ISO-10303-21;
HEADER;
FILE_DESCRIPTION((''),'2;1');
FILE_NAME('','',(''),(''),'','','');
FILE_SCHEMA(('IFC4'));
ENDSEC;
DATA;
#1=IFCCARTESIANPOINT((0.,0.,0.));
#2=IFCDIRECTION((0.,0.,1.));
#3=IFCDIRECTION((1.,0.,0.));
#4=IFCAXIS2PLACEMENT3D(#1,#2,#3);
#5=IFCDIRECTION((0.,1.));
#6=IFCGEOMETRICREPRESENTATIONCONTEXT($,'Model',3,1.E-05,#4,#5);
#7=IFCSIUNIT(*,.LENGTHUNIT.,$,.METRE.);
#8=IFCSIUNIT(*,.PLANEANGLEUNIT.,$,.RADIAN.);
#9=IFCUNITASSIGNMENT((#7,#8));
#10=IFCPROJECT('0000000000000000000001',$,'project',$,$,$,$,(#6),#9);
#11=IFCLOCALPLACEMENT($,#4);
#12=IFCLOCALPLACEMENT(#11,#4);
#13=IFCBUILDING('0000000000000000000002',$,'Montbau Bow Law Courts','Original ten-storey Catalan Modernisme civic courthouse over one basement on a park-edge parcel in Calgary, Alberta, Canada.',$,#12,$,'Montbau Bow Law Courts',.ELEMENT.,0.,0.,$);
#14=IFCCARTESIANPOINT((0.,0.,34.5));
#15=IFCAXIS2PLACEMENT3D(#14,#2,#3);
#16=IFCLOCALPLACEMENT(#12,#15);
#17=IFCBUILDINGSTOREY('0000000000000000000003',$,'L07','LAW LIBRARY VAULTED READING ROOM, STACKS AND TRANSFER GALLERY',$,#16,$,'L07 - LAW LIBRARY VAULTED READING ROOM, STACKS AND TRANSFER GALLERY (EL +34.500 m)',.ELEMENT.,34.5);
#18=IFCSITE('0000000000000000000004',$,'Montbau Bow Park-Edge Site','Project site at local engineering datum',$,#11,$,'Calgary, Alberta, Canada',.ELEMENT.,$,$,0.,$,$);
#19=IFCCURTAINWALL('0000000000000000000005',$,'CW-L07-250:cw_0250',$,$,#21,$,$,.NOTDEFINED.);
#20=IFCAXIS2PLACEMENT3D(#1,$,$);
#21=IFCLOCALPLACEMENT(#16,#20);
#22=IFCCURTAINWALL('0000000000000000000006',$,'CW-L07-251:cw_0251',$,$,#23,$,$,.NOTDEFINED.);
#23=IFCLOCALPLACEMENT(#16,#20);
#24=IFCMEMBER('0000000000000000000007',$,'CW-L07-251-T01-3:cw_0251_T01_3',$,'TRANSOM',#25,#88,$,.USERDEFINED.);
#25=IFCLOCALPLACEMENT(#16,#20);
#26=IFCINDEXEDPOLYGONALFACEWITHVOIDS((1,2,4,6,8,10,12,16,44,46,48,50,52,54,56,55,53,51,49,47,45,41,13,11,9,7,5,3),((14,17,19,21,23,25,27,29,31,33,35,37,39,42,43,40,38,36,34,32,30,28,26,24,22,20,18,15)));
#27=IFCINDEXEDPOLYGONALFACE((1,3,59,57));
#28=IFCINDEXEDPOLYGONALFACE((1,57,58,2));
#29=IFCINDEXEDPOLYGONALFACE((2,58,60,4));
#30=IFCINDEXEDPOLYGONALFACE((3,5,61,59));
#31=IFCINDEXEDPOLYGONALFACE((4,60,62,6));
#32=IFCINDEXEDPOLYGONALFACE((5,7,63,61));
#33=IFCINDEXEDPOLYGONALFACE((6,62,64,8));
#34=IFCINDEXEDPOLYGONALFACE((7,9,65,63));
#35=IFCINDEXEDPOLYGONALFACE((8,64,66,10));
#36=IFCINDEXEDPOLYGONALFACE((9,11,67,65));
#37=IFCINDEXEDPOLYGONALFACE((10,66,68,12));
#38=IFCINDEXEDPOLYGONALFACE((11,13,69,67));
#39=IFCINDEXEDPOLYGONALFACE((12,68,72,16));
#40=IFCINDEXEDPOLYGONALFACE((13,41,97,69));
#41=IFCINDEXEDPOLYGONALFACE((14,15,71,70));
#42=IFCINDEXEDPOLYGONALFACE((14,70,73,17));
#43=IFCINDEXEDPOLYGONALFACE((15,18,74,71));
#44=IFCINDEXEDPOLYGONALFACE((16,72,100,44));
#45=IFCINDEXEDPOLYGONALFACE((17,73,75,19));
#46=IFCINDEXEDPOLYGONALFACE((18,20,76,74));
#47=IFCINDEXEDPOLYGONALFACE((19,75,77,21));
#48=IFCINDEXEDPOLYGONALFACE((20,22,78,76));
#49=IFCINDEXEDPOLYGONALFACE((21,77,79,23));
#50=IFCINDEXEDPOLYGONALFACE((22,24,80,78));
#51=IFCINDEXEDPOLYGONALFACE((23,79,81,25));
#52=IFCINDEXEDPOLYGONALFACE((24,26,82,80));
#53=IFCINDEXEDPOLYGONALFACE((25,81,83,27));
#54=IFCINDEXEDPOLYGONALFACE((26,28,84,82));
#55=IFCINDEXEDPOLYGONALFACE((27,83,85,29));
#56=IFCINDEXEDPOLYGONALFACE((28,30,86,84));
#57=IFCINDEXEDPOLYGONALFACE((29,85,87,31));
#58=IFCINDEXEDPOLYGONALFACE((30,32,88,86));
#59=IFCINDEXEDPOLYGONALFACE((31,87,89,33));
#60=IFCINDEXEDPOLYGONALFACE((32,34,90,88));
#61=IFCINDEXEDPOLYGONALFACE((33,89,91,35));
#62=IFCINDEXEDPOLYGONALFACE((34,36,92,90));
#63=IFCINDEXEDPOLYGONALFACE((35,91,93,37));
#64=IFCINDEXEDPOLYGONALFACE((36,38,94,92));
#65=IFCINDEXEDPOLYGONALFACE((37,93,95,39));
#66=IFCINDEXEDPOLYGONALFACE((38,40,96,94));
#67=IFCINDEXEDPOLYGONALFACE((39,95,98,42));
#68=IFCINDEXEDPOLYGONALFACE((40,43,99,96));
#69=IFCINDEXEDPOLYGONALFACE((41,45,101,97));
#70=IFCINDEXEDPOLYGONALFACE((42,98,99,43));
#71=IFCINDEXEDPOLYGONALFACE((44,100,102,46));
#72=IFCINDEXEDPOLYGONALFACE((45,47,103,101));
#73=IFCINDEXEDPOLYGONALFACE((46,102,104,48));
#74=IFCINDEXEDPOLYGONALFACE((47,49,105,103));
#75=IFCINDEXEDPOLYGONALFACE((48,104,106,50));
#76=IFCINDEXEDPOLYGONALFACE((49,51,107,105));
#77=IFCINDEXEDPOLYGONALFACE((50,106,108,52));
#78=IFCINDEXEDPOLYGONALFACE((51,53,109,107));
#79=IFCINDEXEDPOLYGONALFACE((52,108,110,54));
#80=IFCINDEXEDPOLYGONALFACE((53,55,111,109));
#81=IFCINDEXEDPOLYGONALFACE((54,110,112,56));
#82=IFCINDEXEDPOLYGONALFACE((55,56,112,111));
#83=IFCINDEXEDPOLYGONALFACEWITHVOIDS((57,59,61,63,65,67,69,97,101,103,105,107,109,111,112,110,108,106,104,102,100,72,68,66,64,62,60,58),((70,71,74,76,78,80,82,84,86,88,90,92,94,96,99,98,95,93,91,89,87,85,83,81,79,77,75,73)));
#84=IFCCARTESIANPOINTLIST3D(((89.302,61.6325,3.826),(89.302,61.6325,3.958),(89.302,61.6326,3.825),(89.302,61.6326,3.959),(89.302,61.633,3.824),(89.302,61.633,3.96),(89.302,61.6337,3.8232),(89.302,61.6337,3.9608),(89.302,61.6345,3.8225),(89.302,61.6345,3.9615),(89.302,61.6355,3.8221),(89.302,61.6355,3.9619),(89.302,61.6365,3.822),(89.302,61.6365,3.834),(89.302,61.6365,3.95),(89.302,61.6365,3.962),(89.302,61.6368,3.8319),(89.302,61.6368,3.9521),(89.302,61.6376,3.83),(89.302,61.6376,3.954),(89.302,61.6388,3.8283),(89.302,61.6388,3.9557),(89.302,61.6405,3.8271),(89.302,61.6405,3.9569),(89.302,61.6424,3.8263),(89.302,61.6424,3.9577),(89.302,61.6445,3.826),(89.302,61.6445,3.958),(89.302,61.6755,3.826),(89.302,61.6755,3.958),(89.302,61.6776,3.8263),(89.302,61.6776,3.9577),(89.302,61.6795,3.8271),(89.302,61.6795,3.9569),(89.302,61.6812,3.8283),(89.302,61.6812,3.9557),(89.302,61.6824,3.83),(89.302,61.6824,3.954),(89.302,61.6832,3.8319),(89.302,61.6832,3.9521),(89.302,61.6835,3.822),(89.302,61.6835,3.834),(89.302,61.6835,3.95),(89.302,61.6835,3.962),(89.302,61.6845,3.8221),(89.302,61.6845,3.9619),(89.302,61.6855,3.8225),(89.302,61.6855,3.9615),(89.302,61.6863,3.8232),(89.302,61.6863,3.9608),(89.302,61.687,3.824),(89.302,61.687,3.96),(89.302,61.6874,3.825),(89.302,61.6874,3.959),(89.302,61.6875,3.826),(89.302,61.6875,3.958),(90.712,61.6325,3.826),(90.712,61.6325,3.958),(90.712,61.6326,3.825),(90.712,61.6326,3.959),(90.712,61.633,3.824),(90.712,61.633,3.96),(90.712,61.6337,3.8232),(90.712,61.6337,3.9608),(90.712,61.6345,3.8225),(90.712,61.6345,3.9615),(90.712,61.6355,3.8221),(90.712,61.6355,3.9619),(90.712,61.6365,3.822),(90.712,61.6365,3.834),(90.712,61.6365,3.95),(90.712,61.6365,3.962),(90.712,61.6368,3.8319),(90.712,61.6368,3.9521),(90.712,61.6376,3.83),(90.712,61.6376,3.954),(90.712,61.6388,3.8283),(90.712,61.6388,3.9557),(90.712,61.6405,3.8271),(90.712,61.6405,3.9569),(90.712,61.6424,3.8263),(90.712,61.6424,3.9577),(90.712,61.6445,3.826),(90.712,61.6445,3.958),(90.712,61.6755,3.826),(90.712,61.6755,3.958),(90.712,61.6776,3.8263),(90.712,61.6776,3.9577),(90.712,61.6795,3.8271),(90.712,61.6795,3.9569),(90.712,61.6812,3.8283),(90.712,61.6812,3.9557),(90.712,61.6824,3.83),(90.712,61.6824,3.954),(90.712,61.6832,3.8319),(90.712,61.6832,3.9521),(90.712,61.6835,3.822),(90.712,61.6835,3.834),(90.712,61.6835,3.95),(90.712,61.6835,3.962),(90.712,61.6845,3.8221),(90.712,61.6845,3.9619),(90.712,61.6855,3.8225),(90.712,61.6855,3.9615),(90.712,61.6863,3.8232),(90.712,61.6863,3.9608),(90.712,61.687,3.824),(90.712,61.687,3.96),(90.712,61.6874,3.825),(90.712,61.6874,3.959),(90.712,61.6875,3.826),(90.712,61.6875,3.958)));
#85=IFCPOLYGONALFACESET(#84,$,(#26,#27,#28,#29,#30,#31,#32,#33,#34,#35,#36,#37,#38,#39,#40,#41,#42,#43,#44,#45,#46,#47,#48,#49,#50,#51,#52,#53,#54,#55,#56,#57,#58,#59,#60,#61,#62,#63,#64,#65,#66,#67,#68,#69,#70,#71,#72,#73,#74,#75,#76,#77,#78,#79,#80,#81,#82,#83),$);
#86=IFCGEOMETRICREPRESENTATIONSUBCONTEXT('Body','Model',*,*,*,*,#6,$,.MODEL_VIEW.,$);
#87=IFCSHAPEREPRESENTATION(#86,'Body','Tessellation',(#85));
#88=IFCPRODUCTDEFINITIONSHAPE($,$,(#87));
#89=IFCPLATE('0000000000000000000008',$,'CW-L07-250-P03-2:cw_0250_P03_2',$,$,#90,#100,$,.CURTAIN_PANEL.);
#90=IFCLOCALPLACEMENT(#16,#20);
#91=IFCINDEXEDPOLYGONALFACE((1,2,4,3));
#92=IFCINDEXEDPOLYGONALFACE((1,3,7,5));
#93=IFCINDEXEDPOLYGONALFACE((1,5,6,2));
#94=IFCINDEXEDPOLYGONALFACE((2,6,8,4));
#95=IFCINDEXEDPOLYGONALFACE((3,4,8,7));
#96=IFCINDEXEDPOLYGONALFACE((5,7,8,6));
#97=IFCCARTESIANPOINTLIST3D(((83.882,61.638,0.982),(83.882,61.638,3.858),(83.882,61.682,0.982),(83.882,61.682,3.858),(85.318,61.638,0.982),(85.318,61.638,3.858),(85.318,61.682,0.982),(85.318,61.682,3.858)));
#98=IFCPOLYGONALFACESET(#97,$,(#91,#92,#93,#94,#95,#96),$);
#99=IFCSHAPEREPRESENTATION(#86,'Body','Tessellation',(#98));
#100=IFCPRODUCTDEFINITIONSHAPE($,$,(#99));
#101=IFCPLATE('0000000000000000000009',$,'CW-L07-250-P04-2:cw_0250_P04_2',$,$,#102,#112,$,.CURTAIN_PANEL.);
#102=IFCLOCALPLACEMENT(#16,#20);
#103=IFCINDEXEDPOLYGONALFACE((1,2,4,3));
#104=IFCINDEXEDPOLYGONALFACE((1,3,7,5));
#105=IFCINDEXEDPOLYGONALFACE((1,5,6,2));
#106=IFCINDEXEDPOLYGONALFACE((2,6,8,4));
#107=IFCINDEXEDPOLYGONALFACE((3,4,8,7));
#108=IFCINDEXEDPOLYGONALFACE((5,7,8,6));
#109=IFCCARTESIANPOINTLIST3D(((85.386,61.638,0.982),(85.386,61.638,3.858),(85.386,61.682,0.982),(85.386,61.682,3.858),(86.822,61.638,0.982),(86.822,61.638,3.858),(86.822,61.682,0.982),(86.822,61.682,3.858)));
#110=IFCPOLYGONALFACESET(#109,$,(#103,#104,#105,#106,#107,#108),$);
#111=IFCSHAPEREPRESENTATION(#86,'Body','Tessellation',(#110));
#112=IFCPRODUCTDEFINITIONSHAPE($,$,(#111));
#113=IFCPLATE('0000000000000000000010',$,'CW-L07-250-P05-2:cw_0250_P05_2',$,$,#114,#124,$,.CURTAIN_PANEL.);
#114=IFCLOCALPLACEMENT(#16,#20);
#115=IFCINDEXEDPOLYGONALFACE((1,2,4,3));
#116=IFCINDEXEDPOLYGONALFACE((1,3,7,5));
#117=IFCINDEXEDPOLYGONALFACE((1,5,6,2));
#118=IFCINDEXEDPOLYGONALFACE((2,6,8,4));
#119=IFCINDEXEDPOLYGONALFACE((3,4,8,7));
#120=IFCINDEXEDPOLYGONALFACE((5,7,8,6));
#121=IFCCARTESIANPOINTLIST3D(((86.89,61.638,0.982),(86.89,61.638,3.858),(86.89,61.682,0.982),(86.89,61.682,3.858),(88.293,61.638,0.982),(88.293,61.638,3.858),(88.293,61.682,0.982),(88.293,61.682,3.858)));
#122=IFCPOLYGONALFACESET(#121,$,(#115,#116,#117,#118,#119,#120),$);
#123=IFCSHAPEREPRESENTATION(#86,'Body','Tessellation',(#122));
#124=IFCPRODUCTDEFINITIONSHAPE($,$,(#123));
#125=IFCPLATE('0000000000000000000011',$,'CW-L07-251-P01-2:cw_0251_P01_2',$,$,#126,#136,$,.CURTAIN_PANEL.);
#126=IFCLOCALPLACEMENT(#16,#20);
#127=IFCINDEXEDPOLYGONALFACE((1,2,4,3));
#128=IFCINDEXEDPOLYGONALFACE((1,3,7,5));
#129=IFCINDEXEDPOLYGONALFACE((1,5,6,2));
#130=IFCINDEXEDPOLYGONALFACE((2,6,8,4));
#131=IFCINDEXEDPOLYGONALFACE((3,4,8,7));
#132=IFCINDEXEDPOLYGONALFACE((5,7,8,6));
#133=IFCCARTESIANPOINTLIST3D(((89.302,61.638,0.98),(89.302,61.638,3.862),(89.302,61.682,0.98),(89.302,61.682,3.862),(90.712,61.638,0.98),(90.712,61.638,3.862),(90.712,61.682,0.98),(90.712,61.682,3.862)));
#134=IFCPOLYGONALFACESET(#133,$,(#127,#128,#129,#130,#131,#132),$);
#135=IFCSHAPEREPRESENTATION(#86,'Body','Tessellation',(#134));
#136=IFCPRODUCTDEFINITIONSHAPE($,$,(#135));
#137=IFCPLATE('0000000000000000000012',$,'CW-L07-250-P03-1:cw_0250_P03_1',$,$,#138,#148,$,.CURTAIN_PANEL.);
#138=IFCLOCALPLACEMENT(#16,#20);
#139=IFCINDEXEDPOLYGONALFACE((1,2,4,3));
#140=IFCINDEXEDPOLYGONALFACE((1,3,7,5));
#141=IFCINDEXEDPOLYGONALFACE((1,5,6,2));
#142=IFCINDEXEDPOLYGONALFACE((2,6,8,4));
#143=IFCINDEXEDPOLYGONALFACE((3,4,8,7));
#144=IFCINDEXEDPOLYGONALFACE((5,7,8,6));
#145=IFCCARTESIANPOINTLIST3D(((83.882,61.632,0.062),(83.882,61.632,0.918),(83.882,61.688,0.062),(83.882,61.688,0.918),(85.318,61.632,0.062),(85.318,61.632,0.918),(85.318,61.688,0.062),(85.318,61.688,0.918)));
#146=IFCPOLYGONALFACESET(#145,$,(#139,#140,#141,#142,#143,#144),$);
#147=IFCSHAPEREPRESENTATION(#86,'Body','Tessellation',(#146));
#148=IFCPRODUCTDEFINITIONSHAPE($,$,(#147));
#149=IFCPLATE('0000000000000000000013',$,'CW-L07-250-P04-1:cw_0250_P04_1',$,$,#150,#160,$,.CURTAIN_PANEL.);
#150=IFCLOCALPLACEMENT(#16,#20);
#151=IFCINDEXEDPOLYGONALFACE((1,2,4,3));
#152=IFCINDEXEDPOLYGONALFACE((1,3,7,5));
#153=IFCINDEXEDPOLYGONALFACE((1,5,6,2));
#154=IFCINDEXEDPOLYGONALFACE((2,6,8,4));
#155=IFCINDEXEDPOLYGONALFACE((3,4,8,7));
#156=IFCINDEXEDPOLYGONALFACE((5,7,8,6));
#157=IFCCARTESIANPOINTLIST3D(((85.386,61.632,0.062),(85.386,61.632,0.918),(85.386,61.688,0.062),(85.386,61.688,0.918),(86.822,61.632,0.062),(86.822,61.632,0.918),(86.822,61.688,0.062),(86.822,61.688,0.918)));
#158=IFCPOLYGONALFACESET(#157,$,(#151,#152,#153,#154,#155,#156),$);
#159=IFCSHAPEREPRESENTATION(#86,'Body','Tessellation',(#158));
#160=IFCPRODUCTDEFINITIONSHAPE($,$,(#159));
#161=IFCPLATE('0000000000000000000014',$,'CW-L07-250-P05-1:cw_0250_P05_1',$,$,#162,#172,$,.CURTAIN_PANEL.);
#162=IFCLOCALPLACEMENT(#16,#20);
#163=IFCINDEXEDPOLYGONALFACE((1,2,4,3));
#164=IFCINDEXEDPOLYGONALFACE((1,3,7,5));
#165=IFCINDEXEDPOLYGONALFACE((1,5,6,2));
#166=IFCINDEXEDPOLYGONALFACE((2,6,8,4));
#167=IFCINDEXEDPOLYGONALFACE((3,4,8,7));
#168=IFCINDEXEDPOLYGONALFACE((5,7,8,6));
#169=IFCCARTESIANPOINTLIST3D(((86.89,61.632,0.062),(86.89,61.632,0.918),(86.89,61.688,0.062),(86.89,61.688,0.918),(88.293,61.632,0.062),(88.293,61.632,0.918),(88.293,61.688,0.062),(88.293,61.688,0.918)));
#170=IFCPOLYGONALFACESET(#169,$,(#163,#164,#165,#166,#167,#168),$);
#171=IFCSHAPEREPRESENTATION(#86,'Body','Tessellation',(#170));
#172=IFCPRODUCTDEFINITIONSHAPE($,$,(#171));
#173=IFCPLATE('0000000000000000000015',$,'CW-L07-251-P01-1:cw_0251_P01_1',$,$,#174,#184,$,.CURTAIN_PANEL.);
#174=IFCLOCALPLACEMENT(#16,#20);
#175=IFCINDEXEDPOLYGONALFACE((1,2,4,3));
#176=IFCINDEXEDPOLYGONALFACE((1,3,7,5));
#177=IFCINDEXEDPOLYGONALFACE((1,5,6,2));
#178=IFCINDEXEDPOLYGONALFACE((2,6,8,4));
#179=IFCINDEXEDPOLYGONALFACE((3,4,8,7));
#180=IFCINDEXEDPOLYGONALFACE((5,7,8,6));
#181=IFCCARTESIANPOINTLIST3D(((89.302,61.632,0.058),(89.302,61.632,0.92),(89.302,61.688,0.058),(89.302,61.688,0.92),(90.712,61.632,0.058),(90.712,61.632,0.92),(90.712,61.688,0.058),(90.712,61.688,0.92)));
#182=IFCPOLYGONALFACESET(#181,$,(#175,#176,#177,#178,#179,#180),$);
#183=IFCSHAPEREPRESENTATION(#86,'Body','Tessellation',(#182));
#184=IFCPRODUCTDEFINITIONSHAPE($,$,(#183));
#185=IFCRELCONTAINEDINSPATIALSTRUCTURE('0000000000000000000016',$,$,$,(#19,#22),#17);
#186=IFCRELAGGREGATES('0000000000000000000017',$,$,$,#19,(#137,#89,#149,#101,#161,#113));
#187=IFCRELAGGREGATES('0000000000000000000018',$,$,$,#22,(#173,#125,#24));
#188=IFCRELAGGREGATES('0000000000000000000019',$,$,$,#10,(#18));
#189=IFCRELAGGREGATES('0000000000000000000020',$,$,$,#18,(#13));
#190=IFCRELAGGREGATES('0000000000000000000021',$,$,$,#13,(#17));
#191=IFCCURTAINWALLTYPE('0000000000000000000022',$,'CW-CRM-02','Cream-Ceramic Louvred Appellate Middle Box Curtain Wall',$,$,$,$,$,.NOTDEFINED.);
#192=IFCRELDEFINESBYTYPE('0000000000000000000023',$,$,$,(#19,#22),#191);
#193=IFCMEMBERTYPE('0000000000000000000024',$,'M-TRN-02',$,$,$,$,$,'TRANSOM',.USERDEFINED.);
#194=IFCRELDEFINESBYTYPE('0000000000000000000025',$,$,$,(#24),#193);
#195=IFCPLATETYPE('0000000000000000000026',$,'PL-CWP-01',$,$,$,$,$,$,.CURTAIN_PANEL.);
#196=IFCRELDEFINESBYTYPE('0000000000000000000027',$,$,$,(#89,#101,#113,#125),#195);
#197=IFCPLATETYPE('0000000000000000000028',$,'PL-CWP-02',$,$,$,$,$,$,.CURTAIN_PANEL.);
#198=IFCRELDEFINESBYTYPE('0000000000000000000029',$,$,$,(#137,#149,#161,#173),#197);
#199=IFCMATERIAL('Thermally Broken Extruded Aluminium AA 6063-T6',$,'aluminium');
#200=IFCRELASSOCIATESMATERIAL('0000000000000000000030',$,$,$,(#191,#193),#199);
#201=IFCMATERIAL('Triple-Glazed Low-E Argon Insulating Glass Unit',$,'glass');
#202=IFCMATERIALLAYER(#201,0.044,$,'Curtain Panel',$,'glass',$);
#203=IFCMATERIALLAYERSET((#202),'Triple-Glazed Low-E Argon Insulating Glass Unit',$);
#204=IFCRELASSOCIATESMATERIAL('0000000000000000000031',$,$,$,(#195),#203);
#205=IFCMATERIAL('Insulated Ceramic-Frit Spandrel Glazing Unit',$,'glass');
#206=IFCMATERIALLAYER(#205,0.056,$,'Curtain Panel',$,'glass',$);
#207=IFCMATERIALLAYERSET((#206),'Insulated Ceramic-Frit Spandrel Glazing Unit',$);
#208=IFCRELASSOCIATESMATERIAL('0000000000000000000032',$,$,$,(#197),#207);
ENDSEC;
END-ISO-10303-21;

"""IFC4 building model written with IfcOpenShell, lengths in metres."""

from ifc_helpers import new_model, si_unit, direction, frame, frame_2d, origin_with_axes, origin_2d_with_axis, place, context, subcontext, project, spatial, rectangle, hollow_rectangle, extrude, material, layer, layer_set, material_profile, profile_set, type_object, element, aggregate, save


model = new_model("IFC4")

# Units and contexts
model_context = context("Model", 3, precision=1e-05, world=origin_with_axes(), true_north=direction((0.0, 1.0)))
body_context = subcontext(model_context, "Body", "Model", "MODEL_VIEW")
ifc_project = project(units=[si_unit("LENGTHUNIT", "METRE"), si_unit("PLANEANGLEUNIT", "RADIAN")], contexts=[model_context])

# Site, building, storey
site_placement = place(None, origin_with_axes())
site = spatial("IfcSite", under=ifc_project, at=site_placement, Name="Montbau Bow Park-Edge Site", Description="Project site at local engineering datum", LongName="Calgary, Alberta, Canada", CompositionType="ELEMENT", RefElevation=0.0)
building_placement = place(site_placement, origin_with_axes())
building = spatial("IfcBuilding", under=site, at=building_placement, Name="Montbau Bow Law Courts", Description="Original ten-storey Catalan Modernisme civic courthouse over one basement on a park-edge parcel in Calgary, Alberta, Canada.", LongName="Montbau Bow Law Courts", CompositionType="ELEMENT", ElevationOfRefHeight=0.0, ElevationOfTerrain=0.0)
storey_placement = place(building_placement, frame((0.0, 0.0, 34.5), z_axis=(0.0, 0.0, 1.0), x_axis=(1.0, 0.0, 0.0)))
storey = spatial("IfcBuildingStorey", under=building, at=storey_placement, Name="L07", Description="LAW LIBRARY VAULTED READING ROOM, STACKS AND TRANSFER GALLERY", LongName="L07 - LAW LIBRARY VAULTED READING ROOM, STACKS AND TRANSFER GALLERY (EL +34.500 m)", CompositionType="ELEMENT", Elevation=34.5)

# Curtain walls
ifc_material_1 = material(Name="Thermally Broken Extruded Aluminium AA 6063-T6", Category="aluminium")
curtain_wall_type = type_object("IfcCurtainWallType", Name="CW-CRM-02", Description="Cream-Ceramic Louvred Appellate Middle Box Curtain Wall", PredefinedType="NOTDEFINED", material=ifc_material_1)
curtain_wall_1_placement = place(None, frame((80.84, 61.66, 34.5), z_axis=(0.0, 0.0, 1.0), x_axis=(1.0, 0.0, 0.0)))
curtain_wall_1 = element("IfcCurtainWall", 1, at=curtain_wall_1_placement, inside=storey, type_object=curtain_wall_type, Name="CW-L07-250:cw_0250", PredefinedType="NOTDEFINED")
curtain_wall_2_placement = place(None, frame((89.24, 61.66, 34.5), z_axis=(0.0, 0.0, 1.0), x_axis=(1.0, 0.0, 0.0)))
curtain_wall_2 = element("IfcCurtainWall", 2, at=curtain_wall_2_placement, inside=storey, type_object=curtain_wall_type, Name="CW-L07-251:cw_0251", PredefinedType="NOTDEFINED")

# Member
ifc_material_profile_1 = material_profile(ifc_material_1, hollow_rectangle(XDim=0.055, YDim=0.14, WallThickness=0.004, InnerFilletRadius=0.008, OuterFilletRadius=0.004, at=origin_2d_with_axis()), Name="CWT-140X55", Category="Main", Priority=0)
ifc_profile_set_1 = profile_set([ifc_material_profile_1], Name="Thermally Broken Extruded Aluminium AA 6063-T6")
member_type_1 = type_object("IfcMemberType", Name="M-TRN-02", ElementType="TRANSOM", PredefinedType="USERDEFINED", material=ifc_profile_set_1)
member_1_placement = place(None, frame((89.302, 61.66, 38.392), z_axis=(1.0, 0.0, 0.0), x_axis=(0.0, 1.0, 0.0)))
member_1 = element("IfcMember", 3, at=member_1_placement, type_object=member_type_1, Name="CW-L07-251-T01-3:cw_0251_T01_3", ObjectType="TRANSOM", PredefinedType="USERDEFINED", context=body_context, shape_type="SweptSolid", body=[
    extrude(hollow_rectangle(XDim=0.055, YDim=0.14, WallThickness=0.004, InnerFilletRadius=0.008, OuterFilletRadius=0.004, at=origin_2d_with_axis()), origin_with_axes(), (0.0, 0.0, 1.0), 1.41),
])

# Plates
ifc_material_2 = material(Name="Triple-Glazed Low-E Argon Insulating Glass Unit", Category="glass")
ifc_layer_1 = layer(ifc_material_2, 0.044, Name="Curtain Panel", Category="glass")
ifc_layer_set_1 = layer_set([ifc_layer_1], Name="Triple-Glazed Low-E Argon Insulating Glass Unit")
plate_type_1 = type_object("IfcPlateType", Name="PL-CWP-01", PredefinedType="CURTAIN_PANEL", material=ifc_layer_set_1)
plate_1_placement = place(None, frame((83.882, 61.66, 35.482), z_axis=(0.0, -1.0, 0.0), x_axis=(1.0, 0.0, 0.0)))
plate_1 = element("IfcPlate", 4, at=plate_1_placement, type_object=plate_type_1, Name="CW-L07-250-P03-2:cw_0250_P03_2", PredefinedType="CURTAIN_PANEL", context=body_context, shape_type="SweptSolid", body=[
    extrude(rectangle(XDim=1.436, YDim=2.876, at=frame_2d((0.718, 1.438), x_axis=(1.0, 0.0))), frame((0.0, 0.0, -0.022), z_axis=(0.0, 0.0, 1.0), x_axis=(1.0, 0.0, 0.0)), (0.0, 0.0, 1.0), 0.044),
])
plate_2_placement = place(None, frame((85.386, 61.66, 35.482), z_axis=(0.0, -1.0, 0.0), x_axis=(1.0, 0.0, 0.0)))
plate_2 = element("IfcPlate", 5, at=plate_2_placement, type_object=plate_type_1, Name="CW-L07-250-P04-2:cw_0250_P04_2", PredefinedType="CURTAIN_PANEL", context=body_context, shape_type="SweptSolid", body=[
    extrude(rectangle(XDim=1.436, YDim=2.876, at=frame_2d((0.718, 1.438), x_axis=(1.0, 0.0))), frame((0.0, 0.0, -0.022), z_axis=(0.0, 0.0, 1.0), x_axis=(1.0, 0.0, 0.0)), (0.0, 0.0, 1.0), 0.044),
])
plate_3_placement = place(None, frame((86.89, 61.66, 35.482), z_axis=(0.0, -1.0, 0.0), x_axis=(1.0, 0.0, 0.0)))
plate_3 = element("IfcPlate", 6, at=plate_3_placement, type_object=plate_type_1, Name="CW-L07-250-P05-2:cw_0250_P05_2", PredefinedType="CURTAIN_PANEL", context=body_context, shape_type="SweptSolid", body=[
    extrude(rectangle(XDim=1.403, YDim=2.876, at=frame_2d((0.7015, 1.438), x_axis=(1.0, 0.0))), frame((0.0, 0.0, -0.022), z_axis=(0.0, 0.0, 1.0), x_axis=(1.0, 0.0, 0.0)), (0.0, 0.0, 1.0), 0.044),
])
plate_4_placement = place(None, frame((89.302, 61.66, 35.48), z_axis=(0.0, -1.0, 0.0), x_axis=(1.0, 0.0, 0.0)))
plate_4 = element("IfcPlate", 7, at=plate_4_placement, type_object=plate_type_1, Name="CW-L07-251-P01-2:cw_0251_P01_2", PredefinedType="CURTAIN_PANEL", context=body_context, shape_type="SweptSolid", body=[
    extrude(rectangle(XDim=1.41, YDim=2.882, at=frame_2d((0.705, 1.441), x_axis=(1.0, 0.0))), frame((0.0, 0.0, -0.022), z_axis=(0.0, 0.0, 1.0), x_axis=(1.0, 0.0, 0.0)), (0.0, 0.0, 1.0), 0.044),
])
ifc_material_3 = material(Name="Insulated Ceramic-Frit Spandrel Glazing Unit", Category="glass")
ifc_layer_2 = layer(ifc_material_3, 0.056, Name="Curtain Panel", Category="glass")
ifc_layer_set_2 = layer_set([ifc_layer_2], Name="Insulated Ceramic-Frit Spandrel Glazing Unit")
plate_type_2 = type_object("IfcPlateType", Name="PL-CWP-02", PredefinedType="CURTAIN_PANEL", material=ifc_layer_set_2)
plate_5_placement = place(None, frame((83.882, 61.66, 34.562), z_axis=(0.0, -1.0, 0.0), x_axis=(1.0, 0.0, 0.0)))
plate_5 = element("IfcPlate", 8, at=plate_5_placement, type_object=plate_type_2, Name="CW-L07-250-P03-1:cw_0250_P03_1", PredefinedType="CURTAIN_PANEL", context=body_context, shape_type="SweptSolid", body=[
    extrude(rectangle(XDim=1.436, YDim=0.856, at=frame_2d((0.718, 0.428), x_axis=(1.0, 0.0))), frame((0.0, 0.0, -0.028), z_axis=(0.0, 0.0, 1.0), x_axis=(1.0, 0.0, 0.0)), (0.0, 0.0, 1.0), 0.056),
])
plate_6_placement = place(None, frame((85.386, 61.66, 34.562), z_axis=(0.0, -1.0, 0.0), x_axis=(1.0, 0.0, 0.0)))
plate_6 = element("IfcPlate", 9, at=plate_6_placement, type_object=plate_type_2, Name="CW-L07-250-P04-1:cw_0250_P04_1", PredefinedType="CURTAIN_PANEL", context=body_context, shape_type="SweptSolid", body=[
    extrude(rectangle(XDim=1.436, YDim=0.856, at=frame_2d((0.718, 0.428), x_axis=(1.0, 0.0))), frame((0.0, 0.0, -0.028), z_axis=(0.0, 0.0, 1.0), x_axis=(1.0, 0.0, 0.0)), (0.0, 0.0, 1.0), 0.056),
])
plate_7_placement = place(None, frame((86.89, 61.66, 34.562), z_axis=(0.0, -1.0, 0.0), x_axis=(1.0, 0.0, 0.0)))
plate_7 = element("IfcPlate", 10, at=plate_7_placement, type_object=plate_type_2, Name="CW-L07-250-P05-1:cw_0250_P05_1", PredefinedType="CURTAIN_PANEL", context=body_context, shape_type="SweptSolid", body=[
    extrude(rectangle(XDim=1.403, YDim=0.856, at=frame_2d((0.7015, 0.428), x_axis=(1.0, 0.0))), frame((0.0, 0.0, -0.028), z_axis=(0.0, 0.0, 1.0), x_axis=(1.0, 0.0, 0.0)), (0.0, 0.0, 1.0), 0.056),
])
aggregate(curtain_wall_1, [plate_5, plate_1, plate_6, plate_2, plate_7, plate_3])
plate_8_placement = place(None, frame((89.302, 61.66, 34.558), z_axis=(0.0, -1.0, 0.0), x_axis=(1.0, 0.0, 0.0)))
plate_8 = element("IfcPlate", 11, at=plate_8_placement, type_object=plate_type_2, Name="CW-L07-251-P01-1:cw_0251_P01_1", PredefinedType="CURTAIN_PANEL", context=body_context, shape_type="SweptSolid", body=[
    extrude(rectangle(XDim=1.41, YDim=0.862, at=frame_2d((0.705, 0.431), x_axis=(1.0, 0.0))), frame((0.0, 0.0, -0.028), z_axis=(0.0, 0.0, 1.0), x_axis=(1.0, 0.0, 0.0)), (0.0, 0.0, 1.0), 0.056),
])
aggregate(curtain_wall_2, [plate_8, plate_4, member_1])

save(model, "model.ifc")
